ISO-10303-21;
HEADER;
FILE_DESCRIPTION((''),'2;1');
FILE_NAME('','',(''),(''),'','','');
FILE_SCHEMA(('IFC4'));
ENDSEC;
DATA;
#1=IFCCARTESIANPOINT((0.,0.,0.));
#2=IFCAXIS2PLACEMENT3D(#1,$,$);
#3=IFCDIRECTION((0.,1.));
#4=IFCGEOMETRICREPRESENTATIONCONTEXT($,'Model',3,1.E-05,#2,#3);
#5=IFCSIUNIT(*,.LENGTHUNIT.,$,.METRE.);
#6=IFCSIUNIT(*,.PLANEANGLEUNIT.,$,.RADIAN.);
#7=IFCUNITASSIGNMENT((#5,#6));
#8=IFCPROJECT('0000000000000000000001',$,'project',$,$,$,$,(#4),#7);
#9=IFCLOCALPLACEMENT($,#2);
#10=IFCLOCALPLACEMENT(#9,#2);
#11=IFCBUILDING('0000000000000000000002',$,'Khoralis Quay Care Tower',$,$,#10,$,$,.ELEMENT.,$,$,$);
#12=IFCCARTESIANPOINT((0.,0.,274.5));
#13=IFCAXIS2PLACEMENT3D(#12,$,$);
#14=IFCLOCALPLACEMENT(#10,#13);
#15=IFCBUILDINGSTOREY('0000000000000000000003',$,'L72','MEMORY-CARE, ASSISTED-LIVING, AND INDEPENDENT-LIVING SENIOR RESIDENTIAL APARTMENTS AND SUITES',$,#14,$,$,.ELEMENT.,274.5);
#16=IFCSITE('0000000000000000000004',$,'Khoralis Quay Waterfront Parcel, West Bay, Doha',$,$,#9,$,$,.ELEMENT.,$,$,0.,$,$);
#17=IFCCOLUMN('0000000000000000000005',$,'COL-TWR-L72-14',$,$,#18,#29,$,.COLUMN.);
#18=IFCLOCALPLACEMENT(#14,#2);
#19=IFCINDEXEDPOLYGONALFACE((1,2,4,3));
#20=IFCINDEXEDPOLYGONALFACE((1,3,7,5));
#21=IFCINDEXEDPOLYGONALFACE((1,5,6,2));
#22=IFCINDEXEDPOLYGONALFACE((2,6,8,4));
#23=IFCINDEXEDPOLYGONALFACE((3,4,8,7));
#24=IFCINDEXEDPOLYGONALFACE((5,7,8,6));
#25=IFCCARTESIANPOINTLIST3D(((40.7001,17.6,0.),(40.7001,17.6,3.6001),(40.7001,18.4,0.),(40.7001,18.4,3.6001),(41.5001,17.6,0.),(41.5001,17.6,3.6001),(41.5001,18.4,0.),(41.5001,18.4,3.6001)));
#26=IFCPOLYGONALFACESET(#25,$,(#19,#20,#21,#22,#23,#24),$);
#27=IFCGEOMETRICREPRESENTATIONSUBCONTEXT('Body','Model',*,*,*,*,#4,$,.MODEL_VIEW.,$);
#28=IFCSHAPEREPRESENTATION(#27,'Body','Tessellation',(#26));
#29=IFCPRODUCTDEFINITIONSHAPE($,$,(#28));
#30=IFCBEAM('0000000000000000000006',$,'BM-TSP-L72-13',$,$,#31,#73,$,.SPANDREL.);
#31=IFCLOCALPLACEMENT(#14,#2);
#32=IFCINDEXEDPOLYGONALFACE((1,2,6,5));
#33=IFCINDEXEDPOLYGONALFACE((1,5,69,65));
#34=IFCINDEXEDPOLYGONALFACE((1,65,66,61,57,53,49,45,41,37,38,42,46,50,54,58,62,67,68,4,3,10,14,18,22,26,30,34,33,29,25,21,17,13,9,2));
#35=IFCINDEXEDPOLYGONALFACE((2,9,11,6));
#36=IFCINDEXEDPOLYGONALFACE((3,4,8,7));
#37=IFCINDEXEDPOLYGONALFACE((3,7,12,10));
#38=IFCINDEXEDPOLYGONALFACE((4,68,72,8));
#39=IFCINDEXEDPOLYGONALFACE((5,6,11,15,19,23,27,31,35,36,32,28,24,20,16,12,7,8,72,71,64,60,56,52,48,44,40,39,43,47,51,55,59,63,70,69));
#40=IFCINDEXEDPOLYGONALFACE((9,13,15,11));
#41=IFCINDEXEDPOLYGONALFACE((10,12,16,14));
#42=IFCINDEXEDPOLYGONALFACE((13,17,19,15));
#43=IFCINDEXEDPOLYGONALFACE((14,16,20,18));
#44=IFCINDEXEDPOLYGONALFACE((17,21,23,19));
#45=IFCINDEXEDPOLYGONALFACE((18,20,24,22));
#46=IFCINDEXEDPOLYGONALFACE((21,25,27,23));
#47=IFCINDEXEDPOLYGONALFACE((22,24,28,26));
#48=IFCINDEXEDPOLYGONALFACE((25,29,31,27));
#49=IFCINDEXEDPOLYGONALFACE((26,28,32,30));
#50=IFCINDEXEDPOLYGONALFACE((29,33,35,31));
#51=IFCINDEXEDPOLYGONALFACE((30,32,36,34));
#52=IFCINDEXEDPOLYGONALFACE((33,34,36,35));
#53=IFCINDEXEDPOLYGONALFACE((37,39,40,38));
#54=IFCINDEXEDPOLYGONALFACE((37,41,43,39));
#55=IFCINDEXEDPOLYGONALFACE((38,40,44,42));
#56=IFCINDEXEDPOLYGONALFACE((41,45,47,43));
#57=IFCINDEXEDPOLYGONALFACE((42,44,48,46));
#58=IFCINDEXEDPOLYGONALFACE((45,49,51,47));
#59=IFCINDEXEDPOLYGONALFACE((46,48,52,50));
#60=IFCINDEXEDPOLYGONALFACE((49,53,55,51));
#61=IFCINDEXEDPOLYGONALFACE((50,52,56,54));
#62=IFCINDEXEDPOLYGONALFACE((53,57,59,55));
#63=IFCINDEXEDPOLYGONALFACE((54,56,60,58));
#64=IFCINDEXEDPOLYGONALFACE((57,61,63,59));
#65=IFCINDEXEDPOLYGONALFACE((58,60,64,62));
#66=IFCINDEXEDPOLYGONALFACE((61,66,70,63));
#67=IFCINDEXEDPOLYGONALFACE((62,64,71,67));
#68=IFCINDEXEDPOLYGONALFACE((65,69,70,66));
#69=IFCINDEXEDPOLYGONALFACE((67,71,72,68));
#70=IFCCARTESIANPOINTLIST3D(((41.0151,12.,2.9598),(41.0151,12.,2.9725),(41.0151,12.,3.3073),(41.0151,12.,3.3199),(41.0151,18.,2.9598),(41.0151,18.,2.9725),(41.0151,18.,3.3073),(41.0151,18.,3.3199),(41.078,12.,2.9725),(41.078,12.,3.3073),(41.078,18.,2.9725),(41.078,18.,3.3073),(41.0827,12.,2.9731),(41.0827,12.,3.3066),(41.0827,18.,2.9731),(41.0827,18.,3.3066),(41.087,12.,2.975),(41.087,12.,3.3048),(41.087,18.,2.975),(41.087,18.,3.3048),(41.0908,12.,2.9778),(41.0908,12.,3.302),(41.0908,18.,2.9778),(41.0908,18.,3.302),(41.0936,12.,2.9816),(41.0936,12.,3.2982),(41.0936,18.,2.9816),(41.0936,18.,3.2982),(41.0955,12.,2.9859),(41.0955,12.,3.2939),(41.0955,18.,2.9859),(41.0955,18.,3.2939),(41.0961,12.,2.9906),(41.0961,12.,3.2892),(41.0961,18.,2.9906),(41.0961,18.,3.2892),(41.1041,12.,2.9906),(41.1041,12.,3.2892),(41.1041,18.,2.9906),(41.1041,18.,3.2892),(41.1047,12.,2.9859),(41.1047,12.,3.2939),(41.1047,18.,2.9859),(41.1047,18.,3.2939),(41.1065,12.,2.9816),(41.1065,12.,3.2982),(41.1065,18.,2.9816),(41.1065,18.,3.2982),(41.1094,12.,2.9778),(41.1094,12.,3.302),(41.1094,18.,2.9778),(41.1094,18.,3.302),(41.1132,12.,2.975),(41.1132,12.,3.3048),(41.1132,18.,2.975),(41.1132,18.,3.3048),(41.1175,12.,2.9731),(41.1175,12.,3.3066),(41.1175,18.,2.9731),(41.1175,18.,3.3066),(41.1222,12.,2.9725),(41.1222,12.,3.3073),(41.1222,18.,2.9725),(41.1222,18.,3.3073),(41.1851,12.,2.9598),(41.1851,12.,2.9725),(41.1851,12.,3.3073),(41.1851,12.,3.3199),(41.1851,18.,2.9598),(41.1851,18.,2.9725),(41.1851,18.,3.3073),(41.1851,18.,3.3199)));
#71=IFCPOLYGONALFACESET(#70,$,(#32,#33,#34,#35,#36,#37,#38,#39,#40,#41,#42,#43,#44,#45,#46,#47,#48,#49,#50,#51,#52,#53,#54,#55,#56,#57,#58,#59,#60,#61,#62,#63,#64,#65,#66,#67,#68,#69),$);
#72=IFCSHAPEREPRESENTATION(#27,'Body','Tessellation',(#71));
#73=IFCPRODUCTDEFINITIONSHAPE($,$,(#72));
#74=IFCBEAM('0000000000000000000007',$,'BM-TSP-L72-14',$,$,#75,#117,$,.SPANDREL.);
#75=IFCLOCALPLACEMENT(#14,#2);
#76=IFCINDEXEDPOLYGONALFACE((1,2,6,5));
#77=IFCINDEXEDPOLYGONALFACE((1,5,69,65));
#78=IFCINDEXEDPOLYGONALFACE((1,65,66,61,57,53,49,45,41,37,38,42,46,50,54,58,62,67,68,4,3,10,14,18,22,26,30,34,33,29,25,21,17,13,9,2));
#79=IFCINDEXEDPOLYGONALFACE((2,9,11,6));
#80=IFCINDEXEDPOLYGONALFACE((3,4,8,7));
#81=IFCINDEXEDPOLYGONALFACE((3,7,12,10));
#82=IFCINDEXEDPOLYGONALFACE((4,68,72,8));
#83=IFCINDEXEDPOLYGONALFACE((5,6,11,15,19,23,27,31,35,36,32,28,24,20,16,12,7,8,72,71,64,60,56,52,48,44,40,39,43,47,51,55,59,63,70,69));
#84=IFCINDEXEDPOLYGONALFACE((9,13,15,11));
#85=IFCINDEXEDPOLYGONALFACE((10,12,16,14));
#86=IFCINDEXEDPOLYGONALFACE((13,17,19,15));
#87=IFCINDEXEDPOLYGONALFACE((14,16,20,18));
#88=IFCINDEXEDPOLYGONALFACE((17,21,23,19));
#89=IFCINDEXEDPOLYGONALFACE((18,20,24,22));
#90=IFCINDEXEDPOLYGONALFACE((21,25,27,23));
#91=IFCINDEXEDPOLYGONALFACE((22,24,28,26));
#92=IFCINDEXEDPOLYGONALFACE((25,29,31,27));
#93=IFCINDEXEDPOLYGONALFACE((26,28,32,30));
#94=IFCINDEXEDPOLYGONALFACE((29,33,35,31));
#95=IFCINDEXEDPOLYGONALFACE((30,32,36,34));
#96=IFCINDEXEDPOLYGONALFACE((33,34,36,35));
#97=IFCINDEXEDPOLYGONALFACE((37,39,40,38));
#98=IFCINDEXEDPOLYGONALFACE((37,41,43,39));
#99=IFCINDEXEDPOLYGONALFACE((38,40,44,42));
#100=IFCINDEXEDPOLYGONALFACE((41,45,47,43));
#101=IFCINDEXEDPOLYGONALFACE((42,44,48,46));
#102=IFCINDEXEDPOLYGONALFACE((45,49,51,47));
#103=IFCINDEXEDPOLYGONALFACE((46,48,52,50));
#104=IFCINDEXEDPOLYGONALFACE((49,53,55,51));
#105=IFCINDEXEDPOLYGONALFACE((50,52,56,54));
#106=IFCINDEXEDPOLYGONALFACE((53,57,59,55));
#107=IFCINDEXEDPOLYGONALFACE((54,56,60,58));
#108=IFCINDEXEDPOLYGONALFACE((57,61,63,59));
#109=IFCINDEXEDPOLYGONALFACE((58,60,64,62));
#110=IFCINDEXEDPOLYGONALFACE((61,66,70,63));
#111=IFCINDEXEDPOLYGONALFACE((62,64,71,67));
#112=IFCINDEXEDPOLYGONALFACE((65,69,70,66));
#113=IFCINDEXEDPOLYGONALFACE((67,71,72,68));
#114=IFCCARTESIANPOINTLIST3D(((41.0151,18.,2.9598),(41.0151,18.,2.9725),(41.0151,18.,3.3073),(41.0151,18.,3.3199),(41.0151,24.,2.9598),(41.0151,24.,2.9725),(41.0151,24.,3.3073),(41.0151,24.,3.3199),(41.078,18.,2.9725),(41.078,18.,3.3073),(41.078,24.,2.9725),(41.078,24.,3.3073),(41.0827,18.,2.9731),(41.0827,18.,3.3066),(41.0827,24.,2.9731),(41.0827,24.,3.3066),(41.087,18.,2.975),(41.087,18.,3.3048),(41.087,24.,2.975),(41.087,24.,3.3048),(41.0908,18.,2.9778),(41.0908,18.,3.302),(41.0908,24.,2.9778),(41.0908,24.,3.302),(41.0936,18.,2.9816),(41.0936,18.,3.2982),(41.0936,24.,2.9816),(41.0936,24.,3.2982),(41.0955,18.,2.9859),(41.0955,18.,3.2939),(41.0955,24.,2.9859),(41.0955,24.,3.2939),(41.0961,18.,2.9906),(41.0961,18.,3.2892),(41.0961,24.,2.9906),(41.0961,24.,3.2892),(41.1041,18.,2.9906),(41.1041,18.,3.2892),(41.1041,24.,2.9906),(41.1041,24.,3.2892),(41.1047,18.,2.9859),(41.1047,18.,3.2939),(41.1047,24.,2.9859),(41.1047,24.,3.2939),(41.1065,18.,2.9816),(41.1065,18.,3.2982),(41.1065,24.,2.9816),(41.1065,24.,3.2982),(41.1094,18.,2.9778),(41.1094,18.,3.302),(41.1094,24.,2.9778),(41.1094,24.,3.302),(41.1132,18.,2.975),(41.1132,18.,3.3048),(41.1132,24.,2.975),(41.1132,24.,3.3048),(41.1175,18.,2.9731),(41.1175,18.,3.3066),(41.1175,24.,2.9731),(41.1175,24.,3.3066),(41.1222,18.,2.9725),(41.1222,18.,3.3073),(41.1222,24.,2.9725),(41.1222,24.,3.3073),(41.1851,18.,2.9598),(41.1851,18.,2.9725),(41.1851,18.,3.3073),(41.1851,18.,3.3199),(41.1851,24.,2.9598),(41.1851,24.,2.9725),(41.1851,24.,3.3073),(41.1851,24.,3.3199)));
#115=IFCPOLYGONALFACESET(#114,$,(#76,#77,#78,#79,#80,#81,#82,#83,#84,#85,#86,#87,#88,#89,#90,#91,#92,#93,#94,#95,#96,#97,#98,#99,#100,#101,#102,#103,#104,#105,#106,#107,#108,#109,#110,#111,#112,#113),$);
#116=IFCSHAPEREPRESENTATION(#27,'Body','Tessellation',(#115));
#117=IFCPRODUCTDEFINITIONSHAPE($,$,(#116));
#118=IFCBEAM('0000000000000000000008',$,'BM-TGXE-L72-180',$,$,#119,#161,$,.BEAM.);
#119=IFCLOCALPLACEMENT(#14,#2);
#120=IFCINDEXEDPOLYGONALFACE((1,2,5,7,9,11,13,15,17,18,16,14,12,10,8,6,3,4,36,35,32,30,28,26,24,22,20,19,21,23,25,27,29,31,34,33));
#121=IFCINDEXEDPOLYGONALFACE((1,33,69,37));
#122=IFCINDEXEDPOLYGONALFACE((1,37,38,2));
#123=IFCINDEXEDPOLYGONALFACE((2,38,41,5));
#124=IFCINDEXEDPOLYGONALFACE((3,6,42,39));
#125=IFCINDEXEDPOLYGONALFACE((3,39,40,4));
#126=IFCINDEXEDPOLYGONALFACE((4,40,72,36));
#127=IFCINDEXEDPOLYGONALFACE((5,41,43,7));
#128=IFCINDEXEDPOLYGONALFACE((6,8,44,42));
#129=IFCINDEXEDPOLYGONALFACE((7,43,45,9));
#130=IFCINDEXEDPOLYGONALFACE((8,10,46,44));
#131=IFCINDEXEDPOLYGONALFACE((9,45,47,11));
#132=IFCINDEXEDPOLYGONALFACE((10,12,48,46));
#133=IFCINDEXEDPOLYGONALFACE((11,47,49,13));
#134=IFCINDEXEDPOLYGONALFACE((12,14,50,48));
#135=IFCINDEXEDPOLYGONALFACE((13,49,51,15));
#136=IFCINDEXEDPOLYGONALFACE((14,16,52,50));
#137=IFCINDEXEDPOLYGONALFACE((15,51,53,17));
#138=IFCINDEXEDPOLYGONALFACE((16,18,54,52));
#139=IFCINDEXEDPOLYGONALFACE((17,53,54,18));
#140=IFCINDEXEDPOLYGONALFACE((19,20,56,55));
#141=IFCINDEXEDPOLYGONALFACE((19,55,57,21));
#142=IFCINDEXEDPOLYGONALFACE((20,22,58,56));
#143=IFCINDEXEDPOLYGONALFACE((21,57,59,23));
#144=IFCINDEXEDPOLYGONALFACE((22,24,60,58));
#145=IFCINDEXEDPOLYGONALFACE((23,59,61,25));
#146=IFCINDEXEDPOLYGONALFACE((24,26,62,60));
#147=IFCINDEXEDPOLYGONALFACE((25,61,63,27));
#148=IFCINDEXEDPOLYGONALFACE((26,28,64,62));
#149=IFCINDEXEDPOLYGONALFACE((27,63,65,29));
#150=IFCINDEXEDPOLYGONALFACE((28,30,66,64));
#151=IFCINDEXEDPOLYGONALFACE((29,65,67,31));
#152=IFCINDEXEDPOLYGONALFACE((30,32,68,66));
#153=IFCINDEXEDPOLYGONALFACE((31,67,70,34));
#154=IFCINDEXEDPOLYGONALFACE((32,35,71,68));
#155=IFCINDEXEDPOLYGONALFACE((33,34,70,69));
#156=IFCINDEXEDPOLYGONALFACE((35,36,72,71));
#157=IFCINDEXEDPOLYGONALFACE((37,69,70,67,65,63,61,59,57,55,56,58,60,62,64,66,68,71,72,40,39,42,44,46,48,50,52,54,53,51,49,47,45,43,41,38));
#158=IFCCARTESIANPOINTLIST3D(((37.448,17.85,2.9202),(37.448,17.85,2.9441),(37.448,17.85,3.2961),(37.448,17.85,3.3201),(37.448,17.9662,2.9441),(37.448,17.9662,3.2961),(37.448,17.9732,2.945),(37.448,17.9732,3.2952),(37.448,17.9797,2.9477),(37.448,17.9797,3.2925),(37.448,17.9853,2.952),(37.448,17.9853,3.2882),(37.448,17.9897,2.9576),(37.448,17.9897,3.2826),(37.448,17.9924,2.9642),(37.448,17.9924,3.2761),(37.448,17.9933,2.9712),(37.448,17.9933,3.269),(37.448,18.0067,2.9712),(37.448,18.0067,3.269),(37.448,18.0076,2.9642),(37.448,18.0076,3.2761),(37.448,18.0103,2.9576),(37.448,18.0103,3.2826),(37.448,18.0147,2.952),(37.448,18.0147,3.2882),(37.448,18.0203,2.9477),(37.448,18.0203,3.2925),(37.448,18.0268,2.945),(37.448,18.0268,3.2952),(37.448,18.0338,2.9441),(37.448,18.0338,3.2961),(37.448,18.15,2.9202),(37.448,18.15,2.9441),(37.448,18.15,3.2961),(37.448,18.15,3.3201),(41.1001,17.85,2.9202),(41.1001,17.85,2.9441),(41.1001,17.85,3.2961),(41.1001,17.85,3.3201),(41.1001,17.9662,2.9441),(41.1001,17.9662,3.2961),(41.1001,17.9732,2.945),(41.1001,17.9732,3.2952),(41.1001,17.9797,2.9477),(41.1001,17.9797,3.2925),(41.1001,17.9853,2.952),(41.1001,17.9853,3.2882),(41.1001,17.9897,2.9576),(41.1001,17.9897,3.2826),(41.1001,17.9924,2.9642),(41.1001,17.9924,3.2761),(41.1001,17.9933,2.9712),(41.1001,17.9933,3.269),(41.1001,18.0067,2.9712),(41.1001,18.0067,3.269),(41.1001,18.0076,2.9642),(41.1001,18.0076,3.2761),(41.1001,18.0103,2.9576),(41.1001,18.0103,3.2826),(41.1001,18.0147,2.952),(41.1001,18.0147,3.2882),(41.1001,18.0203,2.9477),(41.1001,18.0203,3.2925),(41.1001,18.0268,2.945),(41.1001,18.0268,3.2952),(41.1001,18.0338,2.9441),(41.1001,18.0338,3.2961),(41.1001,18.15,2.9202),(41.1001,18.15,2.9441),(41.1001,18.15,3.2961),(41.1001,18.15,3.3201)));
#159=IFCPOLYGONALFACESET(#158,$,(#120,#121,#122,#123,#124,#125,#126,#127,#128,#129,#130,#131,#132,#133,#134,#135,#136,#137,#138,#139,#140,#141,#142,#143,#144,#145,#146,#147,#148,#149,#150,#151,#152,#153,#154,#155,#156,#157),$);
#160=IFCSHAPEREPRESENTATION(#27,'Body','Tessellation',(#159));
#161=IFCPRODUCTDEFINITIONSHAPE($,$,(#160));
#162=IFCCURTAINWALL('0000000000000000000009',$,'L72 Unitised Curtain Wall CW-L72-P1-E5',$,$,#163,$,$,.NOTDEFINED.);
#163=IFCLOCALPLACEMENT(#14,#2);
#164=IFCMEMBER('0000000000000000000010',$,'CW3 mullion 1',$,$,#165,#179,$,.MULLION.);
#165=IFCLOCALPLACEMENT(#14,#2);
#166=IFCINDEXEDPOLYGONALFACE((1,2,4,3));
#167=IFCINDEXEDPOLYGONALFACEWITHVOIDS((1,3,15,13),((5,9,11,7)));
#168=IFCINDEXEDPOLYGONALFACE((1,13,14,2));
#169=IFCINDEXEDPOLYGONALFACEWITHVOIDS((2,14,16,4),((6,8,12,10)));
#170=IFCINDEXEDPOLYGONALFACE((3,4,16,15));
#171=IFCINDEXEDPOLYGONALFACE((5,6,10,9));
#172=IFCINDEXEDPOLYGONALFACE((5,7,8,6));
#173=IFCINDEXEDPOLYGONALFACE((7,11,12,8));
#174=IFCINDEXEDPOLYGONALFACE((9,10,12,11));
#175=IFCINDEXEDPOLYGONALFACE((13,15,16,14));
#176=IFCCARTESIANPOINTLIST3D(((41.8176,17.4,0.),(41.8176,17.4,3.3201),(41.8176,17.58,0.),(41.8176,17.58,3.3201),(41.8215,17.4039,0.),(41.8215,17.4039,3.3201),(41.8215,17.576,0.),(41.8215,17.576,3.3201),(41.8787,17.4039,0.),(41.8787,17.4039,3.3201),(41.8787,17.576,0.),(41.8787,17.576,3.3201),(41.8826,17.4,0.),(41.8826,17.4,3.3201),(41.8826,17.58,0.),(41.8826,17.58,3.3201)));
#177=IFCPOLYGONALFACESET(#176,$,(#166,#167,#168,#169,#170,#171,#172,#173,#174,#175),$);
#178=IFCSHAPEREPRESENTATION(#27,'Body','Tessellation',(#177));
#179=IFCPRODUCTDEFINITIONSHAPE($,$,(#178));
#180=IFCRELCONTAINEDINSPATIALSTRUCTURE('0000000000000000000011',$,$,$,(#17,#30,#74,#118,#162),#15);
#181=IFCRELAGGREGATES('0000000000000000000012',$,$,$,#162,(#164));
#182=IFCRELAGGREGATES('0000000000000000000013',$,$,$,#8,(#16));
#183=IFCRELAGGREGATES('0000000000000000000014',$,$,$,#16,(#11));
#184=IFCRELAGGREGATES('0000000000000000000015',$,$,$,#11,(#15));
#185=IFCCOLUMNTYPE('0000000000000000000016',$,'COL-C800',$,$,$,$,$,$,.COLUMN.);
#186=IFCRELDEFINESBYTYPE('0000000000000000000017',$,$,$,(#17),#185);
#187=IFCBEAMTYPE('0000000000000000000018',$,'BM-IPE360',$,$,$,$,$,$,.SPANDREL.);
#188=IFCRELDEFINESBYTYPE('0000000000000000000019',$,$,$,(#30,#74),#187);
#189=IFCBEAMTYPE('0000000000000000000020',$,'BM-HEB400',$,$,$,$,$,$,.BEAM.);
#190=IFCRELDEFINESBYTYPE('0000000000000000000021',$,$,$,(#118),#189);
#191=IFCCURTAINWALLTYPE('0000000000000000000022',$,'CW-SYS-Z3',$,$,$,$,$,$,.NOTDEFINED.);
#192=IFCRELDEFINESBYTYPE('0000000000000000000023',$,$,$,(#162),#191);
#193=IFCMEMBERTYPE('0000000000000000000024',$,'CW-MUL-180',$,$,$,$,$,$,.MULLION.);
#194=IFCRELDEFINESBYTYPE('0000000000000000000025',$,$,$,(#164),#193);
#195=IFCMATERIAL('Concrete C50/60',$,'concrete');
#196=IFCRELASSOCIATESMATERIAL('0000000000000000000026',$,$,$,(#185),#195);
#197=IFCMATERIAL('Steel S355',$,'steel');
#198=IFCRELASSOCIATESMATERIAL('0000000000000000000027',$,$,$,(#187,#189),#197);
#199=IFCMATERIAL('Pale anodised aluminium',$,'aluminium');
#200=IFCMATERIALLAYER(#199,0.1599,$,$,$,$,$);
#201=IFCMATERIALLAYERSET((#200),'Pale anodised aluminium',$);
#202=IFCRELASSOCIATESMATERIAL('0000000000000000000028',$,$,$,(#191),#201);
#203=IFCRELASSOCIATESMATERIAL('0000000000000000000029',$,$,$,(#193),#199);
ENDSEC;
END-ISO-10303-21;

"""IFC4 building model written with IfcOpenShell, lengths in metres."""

from ifc_helpers import new_model, si_unit, direction, frame, origin, origin_2d, place, context, subcontext, project, spatial, rectangle, hollow_rectangle, i_section, extrude, source, transform, mapped, material, layer, layer_set, material_profile, profile_set, type_object, element, aggregate, save


model = new_model("IFC4")

# Units and contexts
model_context = context("Model", 3, precision=1e-05, world=origin(), true_north=direction((0.0, 1.0)))
body_context = subcontext(model_context, "Body", "Model", "MODEL_VIEW")
ifc_project = project(units=[si_unit("LENGTHUNIT", "METRE"), si_unit("PLANEANGLEUNIT", "RADIAN")], contexts=[model_context])

# Site, building, storey
site_placement = place(None, origin())
site = spatial("IfcSite", under=ifc_project, at=site_placement, Name="Khoralis Quay Waterfront Parcel, West Bay, Doha", CompositionType="ELEMENT", RefElevation=0.0)
building_placement = place(site_placement, origin())
building = spatial("IfcBuilding", under=site, at=building_placement, Name="Khoralis Quay Care Tower", CompositionType="ELEMENT")
storey_placement = place(building_placement, frame((0.0, 0.0, 274.5)))
storey = spatial("IfcBuildingStorey", under=building, at=storey_placement, Name="L72", Description="MEMORY-CARE, ASSISTED-LIVING, AND INDEPENDENT-LIVING SENIOR RESIDENTIAL APARTMENTS AND SUITES", CompositionType="ELEMENT", Elevation=274.5)

# Column
ifc_material_1 = material(Name="Concrete C50/60", Category="concrete")
ifc_material_profile_1 = material_profile(ifc_material_1, rectangle(XDim=0.8, YDim=0.8, at=origin_2d()), Name="Concrete C50/60")
ifc_profile_set_1 = profile_set([ifc_material_profile_1], Name="Concrete C50/60")
column_type = type_object("IfcColumnType", Name="COL-C800", PredefinedType="COLUMN", material=ifc_profile_set_1)
shared_shape_1 = source(origin(), body_context, "Body", "SweptSolid", [
    extrude(rectangle(XDim=0.8, YDim=0.8, at=origin_2d()), origin(), (0.0, 0.0, 1.0), 3.6001),
])
column_placement = place(storey_placement, frame((41.1001, 18.0, 0.0), z_axis=(0.0, 0.0, 1.0), x_axis=(1.0, 0.0, 0.0)))
element("IfcColumn", 1, at=column_placement, inside=storey, type_object=column_type, Name="COL-TWR-L72-14", PredefinedType="COLUMN", context=body_context, shape_type="MappedRepresentation", body=[
    mapped(shared_shape_1, transform((0.0, 0.0, 0.0), scale=1.0)),
])

# Beams
ifc_material_2 = material(Name="Steel S355", Category="steel")
ifc_material_profile_2 = material_profile(ifc_material_2, i_section(OverallWidth=0.1699, OverallDepth=0.3601, WebThickness=0.0081, FlangeThickness=0.0127, FilletRadius=0.0181, at=origin_2d()), Name="Steel S355")
ifc_profile_set_2 = profile_set([ifc_material_profile_2], Name="Steel S355")
beam_type_1 = type_object("IfcBeamType", Name="BM-IPE360", PredefinedType="SPANDREL", material=ifc_profile_set_2)
shared_shape_2 = source(origin(), body_context, "Body", "SweptSolid", [
    extrude(i_section(OverallWidth=0.1699, OverallDepth=0.3601, WebThickness=0.0081, FlangeThickness=0.0127, FilletRadius=0.0181, at=origin_2d()), origin(), (0.0, 0.0, 1.0), 6.0),
])
for number, where, z_axis, x_axis, name in (
    (2, (41.1001, 12.0, 3.1399), (0.0, 1.0, 0.0), (-1.0, 0.0, 0.0), "BM-TSP-L72-13"),
    (3, (41.1001, 18.0, 3.1399), (0.0, 1.0, 0.0), (-1.0, 0.0, 0.0), "BM-TSP-L72-14"),
):
    element("IfcBeam", number, at=place(storey_placement, frame(where, z_axis=z_axis, x_axis=x_axis)), inside=storey, type_object=beam_type_1, Name=name, PredefinedType="SPANDREL", context=body_context, shape_type="MappedRepresentation", body=[
        mapped(shared_shape_2, transform((0.0, 0.0, 0.0), scale=1.0)),
    ])
ifc_material_profile_3 = material_profile(ifc_material_2, i_section(OverallWidth=0.3, OverallDepth=0.3999, WebThickness=0.0134, FlangeThickness=0.0239, FilletRadius=0.0271, at=origin_2d()), Name="Steel S355")
ifc_profile_set_3 = profile_set([ifc_material_profile_3], Name="Steel S355")
beam_type_2 = type_object("IfcBeamType", Name="BM-HEB400", PredefinedType="BEAM", material=ifc_profile_set_3)
shared_shape_3 = source(origin(), body_context, "Body", "SweptSolid", [
    extrude(i_section(OverallWidth=0.3, OverallDepth=0.3999, WebThickness=0.0134, FlangeThickness=0.0239, FilletRadius=0.0271, at=origin_2d()), origin(), (0.0, 0.0, 1.0), 3.6521),
])
beam_placement = place(storey_placement, frame((37.448, 18.0, 3.1201), z_axis=(1.0, 0.0, 0.0), x_axis=(0.0, 1.0, 0.0)))
element("IfcBeam", 4, at=beam_placement, inside=storey, type_object=beam_type_2, Name="BM-TGXE-L72-180", PredefinedType="BEAM", context=body_context, shape_type="MappedRepresentation", body=[
    mapped(shared_shape_3, transform((0.0, 0.0, 0.0), scale=1.0)),
])

# Curtain wall, member
ifc_material_3 = material(Name="Pale anodised aluminium", Category="aluminium")
ifc_layer_1 = layer(ifc_material_3, 0.1599)
ifc_layer_set_1 = layer_set([ifc_layer_1], Name="Pale anodised aluminium")
curtain_wall_type = type_object("IfcCurtainWallType", Name="CW-SYS-Z3", PredefinedType="NOTDEFINED", material=ifc_layer_set_1)
curtain_wall_placement = place(storey_placement, origin())
curtain_wall = element("IfcCurtainWall", 5, at=curtain_wall_placement, inside=storey, type_object=curtain_wall_type, Name="L72 Unitised Curtain Wall CW-L72-P1-E5", PredefinedType="NOTDEFINED")
ifc_material_profile_4 = material_profile(ifc_material_3, hollow_rectangle(XDim=0.0649, YDim=0.1799, WallThickness=0.0039, at=origin_2d()), Name="Pale anodised aluminium")
ifc_profile_set_4 = profile_set([ifc_material_profile_4], Name="Pale anodised aluminium")
member_type_1 = type_object("IfcMemberType", Name="CW-MUL-180", PredefinedType="MULLION", material=ifc_profile_set_4)
shared_shape_4 = source(origin(), body_context, "Body", "SweptSolid", [
    extrude(hollow_rectangle(XDim=0.0649, YDim=0.1799, WallThickness=0.0039, at=origin_2d()), origin(), (0.0, 0.0, 1.0), 3.3201),
])
member_1_placement = place(storey_placement, frame((41.8501, 17.49, 0.0), z_axis=(0.0, 0.0, 1.0), x_axis=(-1.0, 0.0, 0.0)))
member_1 = element("IfcMember", 6, at=member_1_placement, type_object=member_type_1, Name="CW3 mullion 1", PredefinedType="MULLION", context=body_context, shape_type="MappedRepresentation", body=[
    mapped(shared_shape_4, transform((0.0, 0.0, 0.0), scale=1.0)),
])
aggregate(curtain_wall, [member_1])

save(model, "model.ifc")
